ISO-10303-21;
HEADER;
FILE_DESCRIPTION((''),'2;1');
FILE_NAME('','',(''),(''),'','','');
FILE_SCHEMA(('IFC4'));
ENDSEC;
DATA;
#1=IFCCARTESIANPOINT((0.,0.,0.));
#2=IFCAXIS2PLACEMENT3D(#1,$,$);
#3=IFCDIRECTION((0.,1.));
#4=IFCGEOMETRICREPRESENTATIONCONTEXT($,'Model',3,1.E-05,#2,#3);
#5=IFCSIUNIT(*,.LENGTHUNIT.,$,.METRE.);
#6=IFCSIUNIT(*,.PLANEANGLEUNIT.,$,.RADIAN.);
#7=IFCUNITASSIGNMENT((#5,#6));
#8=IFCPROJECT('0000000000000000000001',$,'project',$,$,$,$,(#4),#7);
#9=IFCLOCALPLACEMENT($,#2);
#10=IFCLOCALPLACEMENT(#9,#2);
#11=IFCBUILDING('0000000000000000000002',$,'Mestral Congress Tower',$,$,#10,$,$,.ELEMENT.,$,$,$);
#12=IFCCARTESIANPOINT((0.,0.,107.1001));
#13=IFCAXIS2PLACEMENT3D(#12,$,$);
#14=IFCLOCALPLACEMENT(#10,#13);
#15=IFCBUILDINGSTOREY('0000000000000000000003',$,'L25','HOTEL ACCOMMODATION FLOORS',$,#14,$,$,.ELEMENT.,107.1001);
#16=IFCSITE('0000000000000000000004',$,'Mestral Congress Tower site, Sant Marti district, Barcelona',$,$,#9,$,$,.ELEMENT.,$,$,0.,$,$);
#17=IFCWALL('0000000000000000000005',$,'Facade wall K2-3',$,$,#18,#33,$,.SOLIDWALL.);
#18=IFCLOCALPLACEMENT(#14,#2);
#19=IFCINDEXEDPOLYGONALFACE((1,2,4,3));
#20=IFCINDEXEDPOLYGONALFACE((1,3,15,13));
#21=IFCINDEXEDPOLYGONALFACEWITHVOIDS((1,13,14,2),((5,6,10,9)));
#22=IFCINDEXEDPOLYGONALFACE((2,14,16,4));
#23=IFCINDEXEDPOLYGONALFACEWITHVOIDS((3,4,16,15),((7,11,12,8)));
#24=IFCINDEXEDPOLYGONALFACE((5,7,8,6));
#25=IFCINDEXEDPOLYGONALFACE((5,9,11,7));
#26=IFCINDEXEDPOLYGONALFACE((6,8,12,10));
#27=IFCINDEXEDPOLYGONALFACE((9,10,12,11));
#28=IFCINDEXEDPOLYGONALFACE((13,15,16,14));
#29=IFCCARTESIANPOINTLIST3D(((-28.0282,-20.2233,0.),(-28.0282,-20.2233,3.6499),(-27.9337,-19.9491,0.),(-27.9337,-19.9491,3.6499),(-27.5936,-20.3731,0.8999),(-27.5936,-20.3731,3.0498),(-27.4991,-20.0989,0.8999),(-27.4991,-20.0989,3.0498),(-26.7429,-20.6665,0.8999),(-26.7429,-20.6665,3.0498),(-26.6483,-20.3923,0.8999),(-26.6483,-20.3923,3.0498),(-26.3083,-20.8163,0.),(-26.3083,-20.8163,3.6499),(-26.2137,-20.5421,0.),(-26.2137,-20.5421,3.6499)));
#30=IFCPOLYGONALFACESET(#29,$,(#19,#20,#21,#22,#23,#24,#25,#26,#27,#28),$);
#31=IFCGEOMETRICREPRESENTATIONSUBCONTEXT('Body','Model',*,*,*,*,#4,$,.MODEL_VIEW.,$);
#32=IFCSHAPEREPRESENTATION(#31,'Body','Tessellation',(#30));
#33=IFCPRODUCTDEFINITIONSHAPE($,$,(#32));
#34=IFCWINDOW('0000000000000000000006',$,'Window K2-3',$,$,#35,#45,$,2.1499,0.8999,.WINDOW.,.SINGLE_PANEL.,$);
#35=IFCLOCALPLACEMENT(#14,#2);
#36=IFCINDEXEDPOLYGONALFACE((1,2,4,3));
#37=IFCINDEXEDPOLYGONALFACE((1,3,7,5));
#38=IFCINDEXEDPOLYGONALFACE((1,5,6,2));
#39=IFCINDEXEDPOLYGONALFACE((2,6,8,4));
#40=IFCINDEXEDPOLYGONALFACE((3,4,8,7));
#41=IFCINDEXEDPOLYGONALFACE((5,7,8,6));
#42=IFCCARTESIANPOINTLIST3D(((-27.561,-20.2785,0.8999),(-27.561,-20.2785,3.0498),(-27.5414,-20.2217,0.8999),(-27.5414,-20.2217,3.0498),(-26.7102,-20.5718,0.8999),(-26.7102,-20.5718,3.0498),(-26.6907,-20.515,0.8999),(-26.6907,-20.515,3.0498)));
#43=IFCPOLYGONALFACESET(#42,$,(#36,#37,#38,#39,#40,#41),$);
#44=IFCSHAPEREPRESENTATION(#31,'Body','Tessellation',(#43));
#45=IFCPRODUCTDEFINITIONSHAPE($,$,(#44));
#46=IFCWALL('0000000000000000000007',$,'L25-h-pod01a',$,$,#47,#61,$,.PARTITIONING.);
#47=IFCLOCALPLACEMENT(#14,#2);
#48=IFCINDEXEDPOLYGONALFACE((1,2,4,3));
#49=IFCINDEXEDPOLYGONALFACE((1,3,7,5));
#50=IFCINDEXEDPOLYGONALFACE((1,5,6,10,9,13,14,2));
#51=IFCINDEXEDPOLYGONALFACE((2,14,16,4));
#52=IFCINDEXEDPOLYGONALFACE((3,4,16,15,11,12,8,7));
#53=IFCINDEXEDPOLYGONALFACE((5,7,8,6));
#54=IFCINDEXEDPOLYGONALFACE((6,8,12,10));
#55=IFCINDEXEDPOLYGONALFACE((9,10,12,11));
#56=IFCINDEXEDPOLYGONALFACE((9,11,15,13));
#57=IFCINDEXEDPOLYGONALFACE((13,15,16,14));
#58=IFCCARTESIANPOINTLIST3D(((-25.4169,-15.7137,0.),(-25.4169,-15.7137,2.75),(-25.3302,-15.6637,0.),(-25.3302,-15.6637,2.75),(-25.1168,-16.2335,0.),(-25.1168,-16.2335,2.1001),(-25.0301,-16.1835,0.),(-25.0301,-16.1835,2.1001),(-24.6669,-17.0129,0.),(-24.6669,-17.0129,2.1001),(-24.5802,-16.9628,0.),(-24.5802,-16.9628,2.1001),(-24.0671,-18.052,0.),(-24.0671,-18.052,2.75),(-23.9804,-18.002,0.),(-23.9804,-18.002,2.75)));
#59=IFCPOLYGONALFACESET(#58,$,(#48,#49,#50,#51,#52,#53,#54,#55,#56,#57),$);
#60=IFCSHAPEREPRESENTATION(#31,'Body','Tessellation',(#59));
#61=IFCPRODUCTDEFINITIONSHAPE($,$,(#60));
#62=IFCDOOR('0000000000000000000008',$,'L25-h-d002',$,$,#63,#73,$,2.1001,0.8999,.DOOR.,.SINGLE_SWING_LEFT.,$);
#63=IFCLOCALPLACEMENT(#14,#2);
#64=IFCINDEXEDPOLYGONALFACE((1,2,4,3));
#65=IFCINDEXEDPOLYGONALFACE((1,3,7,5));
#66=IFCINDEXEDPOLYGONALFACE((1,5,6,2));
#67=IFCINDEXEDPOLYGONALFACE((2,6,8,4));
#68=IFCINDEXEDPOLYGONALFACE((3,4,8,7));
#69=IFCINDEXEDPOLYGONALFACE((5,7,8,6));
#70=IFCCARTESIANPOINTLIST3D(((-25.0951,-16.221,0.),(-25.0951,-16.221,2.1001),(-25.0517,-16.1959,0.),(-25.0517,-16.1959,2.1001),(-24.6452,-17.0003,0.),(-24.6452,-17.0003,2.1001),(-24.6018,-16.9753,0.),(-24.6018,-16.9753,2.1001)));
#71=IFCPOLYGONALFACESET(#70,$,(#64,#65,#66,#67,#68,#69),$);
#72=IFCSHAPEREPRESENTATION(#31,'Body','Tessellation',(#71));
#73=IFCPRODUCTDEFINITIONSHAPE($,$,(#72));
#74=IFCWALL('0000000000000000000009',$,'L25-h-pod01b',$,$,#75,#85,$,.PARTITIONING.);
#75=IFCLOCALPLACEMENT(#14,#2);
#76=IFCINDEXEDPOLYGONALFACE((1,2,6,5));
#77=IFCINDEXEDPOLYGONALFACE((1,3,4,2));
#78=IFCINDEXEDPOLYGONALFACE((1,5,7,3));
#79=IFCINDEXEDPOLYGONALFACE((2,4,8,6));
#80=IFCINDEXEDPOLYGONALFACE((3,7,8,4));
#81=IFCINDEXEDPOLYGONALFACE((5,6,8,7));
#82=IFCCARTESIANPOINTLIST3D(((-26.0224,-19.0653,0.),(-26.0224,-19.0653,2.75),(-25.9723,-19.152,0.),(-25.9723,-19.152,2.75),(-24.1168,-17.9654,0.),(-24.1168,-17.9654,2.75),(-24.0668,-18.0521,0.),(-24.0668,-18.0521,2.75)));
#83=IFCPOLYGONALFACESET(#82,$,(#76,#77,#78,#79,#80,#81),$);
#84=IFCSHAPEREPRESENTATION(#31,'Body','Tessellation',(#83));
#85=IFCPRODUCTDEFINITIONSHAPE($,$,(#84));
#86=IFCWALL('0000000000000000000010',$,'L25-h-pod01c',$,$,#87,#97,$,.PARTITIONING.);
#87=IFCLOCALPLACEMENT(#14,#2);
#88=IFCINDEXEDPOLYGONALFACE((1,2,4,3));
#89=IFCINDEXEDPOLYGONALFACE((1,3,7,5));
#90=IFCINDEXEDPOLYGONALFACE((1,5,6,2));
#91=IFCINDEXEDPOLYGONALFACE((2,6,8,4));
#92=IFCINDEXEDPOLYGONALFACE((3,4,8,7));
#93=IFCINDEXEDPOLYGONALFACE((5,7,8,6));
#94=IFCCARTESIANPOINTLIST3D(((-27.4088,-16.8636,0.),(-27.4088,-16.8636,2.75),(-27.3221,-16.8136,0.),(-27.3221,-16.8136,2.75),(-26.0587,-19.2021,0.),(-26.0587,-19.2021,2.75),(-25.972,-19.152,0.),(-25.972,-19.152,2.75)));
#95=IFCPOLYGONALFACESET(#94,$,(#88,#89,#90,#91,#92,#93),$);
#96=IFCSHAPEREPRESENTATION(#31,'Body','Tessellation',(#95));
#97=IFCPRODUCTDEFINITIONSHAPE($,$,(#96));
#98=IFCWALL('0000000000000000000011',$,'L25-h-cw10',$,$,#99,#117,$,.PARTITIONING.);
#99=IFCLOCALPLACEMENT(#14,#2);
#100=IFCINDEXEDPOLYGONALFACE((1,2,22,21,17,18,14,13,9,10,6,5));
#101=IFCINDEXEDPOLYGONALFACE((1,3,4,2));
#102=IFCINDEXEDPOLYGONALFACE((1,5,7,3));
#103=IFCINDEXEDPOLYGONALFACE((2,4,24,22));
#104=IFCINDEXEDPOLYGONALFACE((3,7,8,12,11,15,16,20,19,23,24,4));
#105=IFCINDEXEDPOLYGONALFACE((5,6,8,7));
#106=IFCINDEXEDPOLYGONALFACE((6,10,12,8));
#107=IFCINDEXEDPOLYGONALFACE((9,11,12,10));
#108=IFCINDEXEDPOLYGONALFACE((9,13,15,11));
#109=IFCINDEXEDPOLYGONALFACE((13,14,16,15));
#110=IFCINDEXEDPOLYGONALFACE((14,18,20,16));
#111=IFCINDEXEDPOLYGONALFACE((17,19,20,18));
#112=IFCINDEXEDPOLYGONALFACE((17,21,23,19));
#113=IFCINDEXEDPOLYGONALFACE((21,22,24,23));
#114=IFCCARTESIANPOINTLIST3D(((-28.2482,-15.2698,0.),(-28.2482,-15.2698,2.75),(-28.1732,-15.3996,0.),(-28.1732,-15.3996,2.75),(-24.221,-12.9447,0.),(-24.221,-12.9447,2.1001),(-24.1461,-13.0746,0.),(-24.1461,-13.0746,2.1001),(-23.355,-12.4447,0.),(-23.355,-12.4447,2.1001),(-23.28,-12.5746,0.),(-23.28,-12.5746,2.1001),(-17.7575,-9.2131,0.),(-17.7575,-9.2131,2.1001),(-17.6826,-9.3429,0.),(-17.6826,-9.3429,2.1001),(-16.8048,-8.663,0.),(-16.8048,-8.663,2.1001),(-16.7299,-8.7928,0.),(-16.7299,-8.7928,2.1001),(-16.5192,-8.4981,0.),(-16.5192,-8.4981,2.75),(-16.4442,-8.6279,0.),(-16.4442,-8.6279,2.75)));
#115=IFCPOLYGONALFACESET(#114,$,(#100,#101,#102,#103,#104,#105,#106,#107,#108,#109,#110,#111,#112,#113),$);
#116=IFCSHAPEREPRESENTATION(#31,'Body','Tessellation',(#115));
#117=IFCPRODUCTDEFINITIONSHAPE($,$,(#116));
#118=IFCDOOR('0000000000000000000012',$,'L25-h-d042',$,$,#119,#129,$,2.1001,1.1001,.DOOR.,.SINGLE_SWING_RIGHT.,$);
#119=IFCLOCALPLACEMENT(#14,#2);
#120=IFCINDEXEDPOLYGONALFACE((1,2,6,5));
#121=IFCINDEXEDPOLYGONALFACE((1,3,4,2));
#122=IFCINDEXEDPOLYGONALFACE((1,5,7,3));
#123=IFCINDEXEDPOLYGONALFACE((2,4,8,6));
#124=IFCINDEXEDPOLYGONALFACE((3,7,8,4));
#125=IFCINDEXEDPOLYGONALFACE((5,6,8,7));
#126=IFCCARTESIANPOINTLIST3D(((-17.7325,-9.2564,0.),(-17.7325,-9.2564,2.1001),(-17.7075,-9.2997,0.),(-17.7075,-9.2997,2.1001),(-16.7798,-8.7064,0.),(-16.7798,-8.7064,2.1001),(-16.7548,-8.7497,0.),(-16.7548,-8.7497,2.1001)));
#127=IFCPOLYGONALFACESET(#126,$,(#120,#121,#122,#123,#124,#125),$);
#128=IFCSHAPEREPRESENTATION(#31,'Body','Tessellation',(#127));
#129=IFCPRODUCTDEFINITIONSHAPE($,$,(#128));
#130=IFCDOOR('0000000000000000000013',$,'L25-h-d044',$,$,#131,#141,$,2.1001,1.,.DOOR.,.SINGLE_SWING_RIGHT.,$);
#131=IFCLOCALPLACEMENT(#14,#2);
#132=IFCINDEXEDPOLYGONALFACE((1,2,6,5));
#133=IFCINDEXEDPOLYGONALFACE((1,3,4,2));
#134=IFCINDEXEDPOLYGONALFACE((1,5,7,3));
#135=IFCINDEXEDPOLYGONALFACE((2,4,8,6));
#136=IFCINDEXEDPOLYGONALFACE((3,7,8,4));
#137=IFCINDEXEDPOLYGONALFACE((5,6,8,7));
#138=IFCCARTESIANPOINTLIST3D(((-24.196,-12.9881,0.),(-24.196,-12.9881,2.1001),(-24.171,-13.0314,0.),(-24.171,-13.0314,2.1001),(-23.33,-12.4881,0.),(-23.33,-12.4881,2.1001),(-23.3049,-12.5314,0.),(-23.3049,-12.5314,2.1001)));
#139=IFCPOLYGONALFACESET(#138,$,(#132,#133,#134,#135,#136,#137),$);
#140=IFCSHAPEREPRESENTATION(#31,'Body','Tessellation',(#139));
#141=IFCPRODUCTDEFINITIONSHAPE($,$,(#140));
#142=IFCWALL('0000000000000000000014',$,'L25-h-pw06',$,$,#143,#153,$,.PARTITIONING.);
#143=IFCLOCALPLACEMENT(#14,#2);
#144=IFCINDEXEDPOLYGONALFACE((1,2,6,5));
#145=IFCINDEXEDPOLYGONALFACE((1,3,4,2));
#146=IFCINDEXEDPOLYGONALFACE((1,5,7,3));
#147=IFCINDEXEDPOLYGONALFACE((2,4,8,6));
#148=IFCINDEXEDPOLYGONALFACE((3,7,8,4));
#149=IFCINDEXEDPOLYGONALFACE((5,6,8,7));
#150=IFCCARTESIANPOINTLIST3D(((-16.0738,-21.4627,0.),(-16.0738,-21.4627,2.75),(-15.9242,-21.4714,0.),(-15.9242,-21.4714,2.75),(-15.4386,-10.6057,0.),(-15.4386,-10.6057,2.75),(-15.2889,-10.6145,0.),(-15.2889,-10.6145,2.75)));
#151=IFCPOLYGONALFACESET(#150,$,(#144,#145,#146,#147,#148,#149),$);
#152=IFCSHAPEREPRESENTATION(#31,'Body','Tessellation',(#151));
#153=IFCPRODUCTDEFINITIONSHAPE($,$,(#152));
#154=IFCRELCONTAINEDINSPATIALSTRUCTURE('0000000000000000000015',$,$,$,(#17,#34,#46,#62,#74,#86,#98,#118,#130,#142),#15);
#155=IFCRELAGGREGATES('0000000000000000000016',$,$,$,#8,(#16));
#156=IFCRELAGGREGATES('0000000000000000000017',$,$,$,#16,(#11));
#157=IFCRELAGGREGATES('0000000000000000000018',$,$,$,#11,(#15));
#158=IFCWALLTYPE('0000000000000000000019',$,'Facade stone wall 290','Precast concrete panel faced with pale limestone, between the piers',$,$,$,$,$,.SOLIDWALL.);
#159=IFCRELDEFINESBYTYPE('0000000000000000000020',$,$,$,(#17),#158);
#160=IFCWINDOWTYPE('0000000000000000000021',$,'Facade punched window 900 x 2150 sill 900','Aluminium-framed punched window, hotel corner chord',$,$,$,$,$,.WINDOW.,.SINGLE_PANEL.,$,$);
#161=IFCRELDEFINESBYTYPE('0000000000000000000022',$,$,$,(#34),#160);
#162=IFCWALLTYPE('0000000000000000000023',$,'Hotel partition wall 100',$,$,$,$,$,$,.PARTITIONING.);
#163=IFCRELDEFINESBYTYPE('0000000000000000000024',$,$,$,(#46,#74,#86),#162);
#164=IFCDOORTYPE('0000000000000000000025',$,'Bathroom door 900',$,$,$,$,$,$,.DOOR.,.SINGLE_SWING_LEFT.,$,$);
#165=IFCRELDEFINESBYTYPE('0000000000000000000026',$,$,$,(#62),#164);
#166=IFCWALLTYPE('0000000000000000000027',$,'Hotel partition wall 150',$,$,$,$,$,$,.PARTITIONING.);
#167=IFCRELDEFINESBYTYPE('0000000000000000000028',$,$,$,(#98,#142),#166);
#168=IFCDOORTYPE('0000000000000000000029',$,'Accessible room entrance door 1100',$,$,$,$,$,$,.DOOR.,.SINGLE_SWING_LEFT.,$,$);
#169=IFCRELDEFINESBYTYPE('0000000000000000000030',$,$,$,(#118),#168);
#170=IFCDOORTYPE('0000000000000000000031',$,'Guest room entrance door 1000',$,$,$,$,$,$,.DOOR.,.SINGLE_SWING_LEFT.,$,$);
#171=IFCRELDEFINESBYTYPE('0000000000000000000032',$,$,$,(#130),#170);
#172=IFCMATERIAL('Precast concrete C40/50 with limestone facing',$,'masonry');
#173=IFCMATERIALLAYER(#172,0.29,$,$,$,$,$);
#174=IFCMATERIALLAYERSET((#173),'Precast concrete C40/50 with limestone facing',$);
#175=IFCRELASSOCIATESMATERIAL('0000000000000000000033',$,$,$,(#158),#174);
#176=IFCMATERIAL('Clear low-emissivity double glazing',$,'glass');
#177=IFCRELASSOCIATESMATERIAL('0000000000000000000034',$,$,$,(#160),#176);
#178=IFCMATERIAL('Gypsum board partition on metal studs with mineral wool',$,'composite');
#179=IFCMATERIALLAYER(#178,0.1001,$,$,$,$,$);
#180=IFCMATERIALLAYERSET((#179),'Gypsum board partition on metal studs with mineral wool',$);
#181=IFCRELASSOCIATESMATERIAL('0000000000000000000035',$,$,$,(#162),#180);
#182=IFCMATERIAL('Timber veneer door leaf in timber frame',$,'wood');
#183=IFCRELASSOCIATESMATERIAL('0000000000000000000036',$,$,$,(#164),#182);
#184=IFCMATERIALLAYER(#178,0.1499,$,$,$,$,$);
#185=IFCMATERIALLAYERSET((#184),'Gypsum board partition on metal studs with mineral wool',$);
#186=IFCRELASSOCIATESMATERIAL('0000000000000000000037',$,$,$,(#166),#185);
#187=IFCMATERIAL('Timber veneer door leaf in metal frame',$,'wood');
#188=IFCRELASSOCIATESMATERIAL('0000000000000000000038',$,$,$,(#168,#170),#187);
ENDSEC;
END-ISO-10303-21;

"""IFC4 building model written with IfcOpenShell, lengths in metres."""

from ifc_helpers import new_model, si_unit, direction, frame, frame_2d, origin, place, context, subcontext, project, spatial, rectangle, extrude, material, layer, layer_set, type_object, element, fill, save


model = new_model("IFC4")

# Units and contexts
model_context = context("Model", 3, precision=1e-05, world=origin(), true_north=direction((0.0, 1.0)))
body_context = subcontext(model_context, "Body", "Model", "MODEL_VIEW")
ifc_project = project(units=[si_unit("LENGTHUNIT", "METRE"), si_unit("PLANEANGLEUNIT", "RADIAN")], contexts=[model_context])

# Site, building, storey
site_placement = place(None, origin())
site = spatial("IfcSite", under=ifc_project, at=site_placement, Name="Mestral Congress Tower site, Sant Marti district, Barcelona", CompositionType="ELEMENT", RefElevation=0.0)
building_placement = place(site_placement, origin())
building = spatial("IfcBuilding", under=site, at=building_placement, Name="Mestral Congress Tower", CompositionType="ELEMENT")
storey_placement = place(building_placement, frame((0.0, 0.0, 107.1001)))
storey = spatial("IfcBuildingStorey", under=building, at=storey_placement, Name="L25", Description="HOTEL ACCOMMODATION FLOORS", CompositionType="ELEMENT", Elevation=107.1001)

# Shared definitions
ifc_material_1 = material(Name="Precast concrete C40/50 with limestone facing", Category="masonry")
ifc_layer_1 = layer(ifc_material_1, 0.29)
ifc_layer_set_1 = layer_set([ifc_layer_1], Name="Precast concrete C40/50 with limestone facing")
wall_type_1 = type_object("IfcWallType", Name="Facade stone wall 290", Description="Precast concrete panel faced with pale limestone, between the piers", PredefinedType="SOLIDWALL", material=ifc_layer_set_1)
ifc_material_2 = material(Name="Clear low-emissivity double glazing", Category="glass")

# Wall, opening, window
wall_1_placement = place(storey_placement, frame((-27.981, -20.0862, 0.0), z_axis=(0.0, 0.0, 1.0), x_axis=(0.945386, -0.325953, 0.0)))
wall_1 = element("IfcWall", 1, at=wall_1_placement, inside=storey, type_object=wall_type_1, Name="Facade wall K2-3", PredefinedType="SOLIDWALL", context=body_context, shape_type="SweptSolid", body=[
    extrude(rectangle(XDim=1.8193, YDim=0.29, at=frame_2d((0.9097, 0.0))), origin(), (0.0, 0.0, 1.0), 3.6499),
])
opening_1_placement = place(wall_1_placement, frame((0.4597, 0.0, 0.8999)))
opening_1 = element("IfcOpeningElement", 2, at=opening_1_placement, cuts=wall_1, PredefinedType="OPENING", context=body_context, shape_type="SweptSolid", body=[
    extrude(rectangle(XDim=0.8999, YDim=2.1499, at=frame_2d((0.45, 1.075))), frame((0.0, 0.155, 0.0), z_axis=(0.0, -1.0, 0.0), x_axis=(1.0, 0.0, 0.0)), (0.0, 0.0, 1.0), 0.3101),
])
window_type_1 = type_object("IfcWindowType", Name="Facade punched window 900 x 2150 sill 900", Description="Aluminium-framed punched window, hotel corner chord", PartitioningType="SINGLE_PANEL", PredefinedType="WINDOW", material=ifc_material_2)
window_1_placement = place(opening_1_placement, origin())
window_1 = element("IfcWindow", 3, at=window_1_placement, inside=storey, type_object=window_type_1, Name="Window K2-3", OverallHeight=2.1499, OverallWidth=0.8999, PartitioningType="SINGLE_PANEL", PredefinedType="WINDOW", context=body_context, shape_type="SweptSolid", body=[
    extrude(rectangle(XDim=0.8999, YDim=2.1499, at=frame_2d((0.45, 1.075))), frame((0.0, 0.0151, 0.0), z_axis=(0.0, -1.0, 0.0), x_axis=(1.0, 0.0, 0.0)), (0.0, 0.0, 1.0), 0.0601),
])
fill(opening_1, window_1)

# Wall, opening, door
ifc_material_3 = material(Name="Gypsum board partition on metal studs with mineral wool", Category="composite")
ifc_layer_2 = layer(ifc_material_3, 0.1001)
ifc_layer_set_2 = layer_set([ifc_layer_2], Name="Gypsum board partition on metal studs with mineral wool")
wall_type_2 = type_object("IfcWallType", Name="Hotel partition wall 100", PredefinedType="PARTITIONING", material=ifc_layer_set_2)
wall_2_placement = place(storey_placement, frame((-24.0237, -18.0271, 0.0), z_axis=(0.0, 0.0, 1.0), x_axis=(-0.499942, 0.866059, 0.0)))
wall_2 = element("IfcWall", 4, at=wall_2_placement, inside=storey, type_object=wall_type_2, Name="L25-h-pod01a", PredefinedType="PARTITIONING", context=body_context, shape_type="SweptSolid", body=[
    extrude(rectangle(XDim=2.7, YDim=0.1001, at=frame_2d((1.3501, 0.0))), origin(), (0.0, 0.0, 1.0), 2.75),
])
opening_2_placement = place(wall_2_placement, frame((1.2, 0.0, 0.0)))
opening_2 = element("IfcOpeningElement", 5, at=opening_2_placement, cuts=wall_2, PredefinedType="OPENING", context=body_context, shape_type="SweptSolid", body=[
    extrude(rectangle(XDim=0.8999, YDim=2.1001, at=frame_2d((0.45, 1.05))), frame((0.0, 0.0601, 0.0), z_axis=(0.0, -1.0, 0.0), x_axis=(1.0, 0.0, 0.0)), (0.0, 0.0, 1.0), 0.1201),
])
ifc_material_4 = material(Name="Timber veneer door leaf in timber frame", Category="wood")
door_type_1 = type_object("IfcDoorType", Name="Bathroom door 900", OperationType="SINGLE_SWING_LEFT", PredefinedType="DOOR", material=ifc_material_4)
door_1_placement = place(opening_2_placement, origin())
door_1 = element("IfcDoor", 6, at=door_1_placement, inside=storey, type_object=door_type_1, Name="L25-h-d002", OperationType="SINGLE_SWING_LEFT", OverallHeight=2.1001, OverallWidth=0.8999, PredefinedType="DOOR", context=body_context, shape_type="SweptSolid", body=[
    extrude(rectangle(XDim=0.8999, YDim=2.1001, at=frame_2d((0.45, 1.05))), frame((0.0, 0.0249, 0.0), z_axis=(0.0, -1.0, 0.0), x_axis=(1.0, 0.0, 0.0)), (0.0, 0.0, 1.0), 0.05),
])
fill(opening_2, door_1)

# Walls
wall_3_placement = place(storey_placement, frame((-24.0918, -18.0088, 0.0), z_axis=(0.0, 0.0, 1.0), x_axis=(-0.866084, -0.499899, 0.0)))
element("IfcWall", 7, at=wall_3_placement, inside=storey, type_object=wall_type_2, Name="L25-h-pod01b", PredefinedType="PARTITIONING", context=body_context, shape_type="SweptSolid", body=[
    extrude(rectangle(XDim=2.2002, YDim=0.1001, at=frame_2d((1.1001, 0.0))), origin(), (0.0, 0.0, 1.0), 2.75),
])
wall_4_placement = place(storey_placement, frame((-27.3655, -16.8386, 0.0), z_axis=(0.0, 0.0, 1.0), x_axis=(0.500009, -0.86602, 0.0)))
element("IfcWall", 8, at=wall_4_placement, inside=storey, type_object=wall_type_2, Name="L25-h-pod01c", PredefinedType="PARTITIONING", context=body_context, shape_type="SweptSolid", body=[
    extrude(rectangle(XDim=2.7002, YDim=0.1001, at=frame_2d((1.3501, 0.0))), origin(), (0.0, 0.0, 1.0), 2.75),
])

# Wall, openings, doors
ifc_layer_3 = layer(ifc_material_3, 0.1499)
ifc_layer_set_3 = layer_set([ifc_layer_3], Name="Gypsum board partition on metal studs with mineral wool")
wall_type_3 = type_object("IfcWallType", Name="Hotel partition wall 150", PredefinedType="PARTITIONING", material=ifc_layer_set_3)
wall_5_placement = place(storey_placement, frame((-28.2107, -15.3347, 0.0), z_axis=(0.0, 0.0, 1.0), x_axis=(0.866026, 0.499999, 0.0)))
wall_5 = element("IfcWall", 9, at=wall_5_placement, inside=storey, type_object=wall_type_3, Name="L25-h-cw10", PredefinedType="PARTITIONING", context=body_context, shape_type="SweptSolid", body=[
    extrude(rectangle(XDim=13.5435, YDim=0.1499, at=frame_2d((6.7717, 0.0))), origin(), (0.0, 0.0, 1.0), 2.75),
])
opening_3_placement = place(wall_5_placement, frame((12.1135, 0.0, 0.0)))
opening_3 = element("IfcOpeningElement", 10, at=opening_3_placement, cuts=wall_5, PredefinedType="OPENING", context=body_context, shape_type="SweptSolid", body=[
    extrude(rectangle(XDim=1.1001, YDim=2.1001, at=frame_2d((0.55, 1.05))), frame((0.0, 0.085, 0.0), z_axis=(0.0, -1.0, 0.0), x_axis=(1.0, 0.0, 0.0)), (0.0, 0.0, 1.0), 0.1699),
])
opening_4_placement = place(wall_5_placement, frame((4.6501, 0.0, 0.0)))
opening_4 = element("IfcOpeningElement", 11, at=opening_4_placement, cuts=wall_5, PredefinedType="OPENING", context=body_context, shape_type="SweptSolid", body=[
    extrude(rectangle(XDim=1.0, YDim=2.1001, at=frame_2d((0.5, 1.05))), frame((0.0, 0.085, 0.0), z_axis=(0.0, -1.0, 0.0), x_axis=(1.0, 0.0, 0.0)), (0.0, 0.0, 1.0), 0.1699),
])
ifc_material_5 = material(Name="Timber veneer door leaf in metal frame", Category="wood")
door_type_2 = type_object("IfcDoorType", Name="Accessible room entrance door 1100", OperationType="SINGLE_SWING_LEFT", PredefinedType="DOOR", material=ifc_material_5)
door_2_placement = place(opening_3_placement, origin())
door_2 = element("IfcDoor", 12, at=door_2_placement, inside=storey, type_object=door_type_2, Name="L25-h-d042", OperationType="SINGLE_SWING_RIGHT", OverallHeight=2.1001, OverallWidth=1.1001, PredefinedType="DOOR", context=body_context, shape_type="SweptSolid", body=[
    extrude(rectangle(XDim=1.1001, YDim=2.1001, at=frame_2d((0.55, 1.05))), frame((0.0, 0.0249, 0.0), z_axis=(0.0, -1.0, 0.0), x_axis=(1.0, 0.0, 0.0)), (0.0, 0.0, 1.0), 0.05),
])
fill(opening_3, door_2)
door_type_3 = type_object("IfcDoorType", Name="Guest room entrance door 1000", OperationType="SINGLE_SWING_LEFT", PredefinedType="DOOR", material=ifc_material_5)
door_3_placement = place(opening_4_placement, origin())
door_3 = element("IfcDoor", 13, at=door_3_placement, inside=storey, type_object=door_type_3, Name="L25-h-d044", OperationType="SINGLE_SWING_RIGHT", OverallHeight=2.1001, OverallWidth=1.0, PredefinedType="DOOR", context=body_context, shape_type="SweptSolid", body=[
    extrude(rectangle(XDim=1.0, YDim=2.1001, at=frame_2d((0.5, 1.05))), frame((0.0, 0.0249, 0.0), z_axis=(0.0, -1.0, 0.0), x_axis=(1.0, 0.0, 0.0)), (0.0, 0.0, 1.0), 0.05),
])
fill(opening_4, door_3)

# Wall
wall_6_placement = place(storey_placement, frame((-15.999, -21.467, 0.0), z_axis=(0.0, 0.0, 1.0), x_axis=(0.058411, 0.998293, 0.0)))
element("IfcWall", 14, at=wall_6_placement, inside=storey, type_object=wall_type_3, Name="L25-h-pw06", PredefinedType="PARTITIONING", context=body_context, shape_type="SweptSolid", body=[
    extrude(rectangle(XDim=10.8755, YDim=0.1499, at=frame_2d((5.4377, 0.0))), origin(), (0.0, 0.0, 1.0), 2.75),
])

save(model, "model.ifc")
